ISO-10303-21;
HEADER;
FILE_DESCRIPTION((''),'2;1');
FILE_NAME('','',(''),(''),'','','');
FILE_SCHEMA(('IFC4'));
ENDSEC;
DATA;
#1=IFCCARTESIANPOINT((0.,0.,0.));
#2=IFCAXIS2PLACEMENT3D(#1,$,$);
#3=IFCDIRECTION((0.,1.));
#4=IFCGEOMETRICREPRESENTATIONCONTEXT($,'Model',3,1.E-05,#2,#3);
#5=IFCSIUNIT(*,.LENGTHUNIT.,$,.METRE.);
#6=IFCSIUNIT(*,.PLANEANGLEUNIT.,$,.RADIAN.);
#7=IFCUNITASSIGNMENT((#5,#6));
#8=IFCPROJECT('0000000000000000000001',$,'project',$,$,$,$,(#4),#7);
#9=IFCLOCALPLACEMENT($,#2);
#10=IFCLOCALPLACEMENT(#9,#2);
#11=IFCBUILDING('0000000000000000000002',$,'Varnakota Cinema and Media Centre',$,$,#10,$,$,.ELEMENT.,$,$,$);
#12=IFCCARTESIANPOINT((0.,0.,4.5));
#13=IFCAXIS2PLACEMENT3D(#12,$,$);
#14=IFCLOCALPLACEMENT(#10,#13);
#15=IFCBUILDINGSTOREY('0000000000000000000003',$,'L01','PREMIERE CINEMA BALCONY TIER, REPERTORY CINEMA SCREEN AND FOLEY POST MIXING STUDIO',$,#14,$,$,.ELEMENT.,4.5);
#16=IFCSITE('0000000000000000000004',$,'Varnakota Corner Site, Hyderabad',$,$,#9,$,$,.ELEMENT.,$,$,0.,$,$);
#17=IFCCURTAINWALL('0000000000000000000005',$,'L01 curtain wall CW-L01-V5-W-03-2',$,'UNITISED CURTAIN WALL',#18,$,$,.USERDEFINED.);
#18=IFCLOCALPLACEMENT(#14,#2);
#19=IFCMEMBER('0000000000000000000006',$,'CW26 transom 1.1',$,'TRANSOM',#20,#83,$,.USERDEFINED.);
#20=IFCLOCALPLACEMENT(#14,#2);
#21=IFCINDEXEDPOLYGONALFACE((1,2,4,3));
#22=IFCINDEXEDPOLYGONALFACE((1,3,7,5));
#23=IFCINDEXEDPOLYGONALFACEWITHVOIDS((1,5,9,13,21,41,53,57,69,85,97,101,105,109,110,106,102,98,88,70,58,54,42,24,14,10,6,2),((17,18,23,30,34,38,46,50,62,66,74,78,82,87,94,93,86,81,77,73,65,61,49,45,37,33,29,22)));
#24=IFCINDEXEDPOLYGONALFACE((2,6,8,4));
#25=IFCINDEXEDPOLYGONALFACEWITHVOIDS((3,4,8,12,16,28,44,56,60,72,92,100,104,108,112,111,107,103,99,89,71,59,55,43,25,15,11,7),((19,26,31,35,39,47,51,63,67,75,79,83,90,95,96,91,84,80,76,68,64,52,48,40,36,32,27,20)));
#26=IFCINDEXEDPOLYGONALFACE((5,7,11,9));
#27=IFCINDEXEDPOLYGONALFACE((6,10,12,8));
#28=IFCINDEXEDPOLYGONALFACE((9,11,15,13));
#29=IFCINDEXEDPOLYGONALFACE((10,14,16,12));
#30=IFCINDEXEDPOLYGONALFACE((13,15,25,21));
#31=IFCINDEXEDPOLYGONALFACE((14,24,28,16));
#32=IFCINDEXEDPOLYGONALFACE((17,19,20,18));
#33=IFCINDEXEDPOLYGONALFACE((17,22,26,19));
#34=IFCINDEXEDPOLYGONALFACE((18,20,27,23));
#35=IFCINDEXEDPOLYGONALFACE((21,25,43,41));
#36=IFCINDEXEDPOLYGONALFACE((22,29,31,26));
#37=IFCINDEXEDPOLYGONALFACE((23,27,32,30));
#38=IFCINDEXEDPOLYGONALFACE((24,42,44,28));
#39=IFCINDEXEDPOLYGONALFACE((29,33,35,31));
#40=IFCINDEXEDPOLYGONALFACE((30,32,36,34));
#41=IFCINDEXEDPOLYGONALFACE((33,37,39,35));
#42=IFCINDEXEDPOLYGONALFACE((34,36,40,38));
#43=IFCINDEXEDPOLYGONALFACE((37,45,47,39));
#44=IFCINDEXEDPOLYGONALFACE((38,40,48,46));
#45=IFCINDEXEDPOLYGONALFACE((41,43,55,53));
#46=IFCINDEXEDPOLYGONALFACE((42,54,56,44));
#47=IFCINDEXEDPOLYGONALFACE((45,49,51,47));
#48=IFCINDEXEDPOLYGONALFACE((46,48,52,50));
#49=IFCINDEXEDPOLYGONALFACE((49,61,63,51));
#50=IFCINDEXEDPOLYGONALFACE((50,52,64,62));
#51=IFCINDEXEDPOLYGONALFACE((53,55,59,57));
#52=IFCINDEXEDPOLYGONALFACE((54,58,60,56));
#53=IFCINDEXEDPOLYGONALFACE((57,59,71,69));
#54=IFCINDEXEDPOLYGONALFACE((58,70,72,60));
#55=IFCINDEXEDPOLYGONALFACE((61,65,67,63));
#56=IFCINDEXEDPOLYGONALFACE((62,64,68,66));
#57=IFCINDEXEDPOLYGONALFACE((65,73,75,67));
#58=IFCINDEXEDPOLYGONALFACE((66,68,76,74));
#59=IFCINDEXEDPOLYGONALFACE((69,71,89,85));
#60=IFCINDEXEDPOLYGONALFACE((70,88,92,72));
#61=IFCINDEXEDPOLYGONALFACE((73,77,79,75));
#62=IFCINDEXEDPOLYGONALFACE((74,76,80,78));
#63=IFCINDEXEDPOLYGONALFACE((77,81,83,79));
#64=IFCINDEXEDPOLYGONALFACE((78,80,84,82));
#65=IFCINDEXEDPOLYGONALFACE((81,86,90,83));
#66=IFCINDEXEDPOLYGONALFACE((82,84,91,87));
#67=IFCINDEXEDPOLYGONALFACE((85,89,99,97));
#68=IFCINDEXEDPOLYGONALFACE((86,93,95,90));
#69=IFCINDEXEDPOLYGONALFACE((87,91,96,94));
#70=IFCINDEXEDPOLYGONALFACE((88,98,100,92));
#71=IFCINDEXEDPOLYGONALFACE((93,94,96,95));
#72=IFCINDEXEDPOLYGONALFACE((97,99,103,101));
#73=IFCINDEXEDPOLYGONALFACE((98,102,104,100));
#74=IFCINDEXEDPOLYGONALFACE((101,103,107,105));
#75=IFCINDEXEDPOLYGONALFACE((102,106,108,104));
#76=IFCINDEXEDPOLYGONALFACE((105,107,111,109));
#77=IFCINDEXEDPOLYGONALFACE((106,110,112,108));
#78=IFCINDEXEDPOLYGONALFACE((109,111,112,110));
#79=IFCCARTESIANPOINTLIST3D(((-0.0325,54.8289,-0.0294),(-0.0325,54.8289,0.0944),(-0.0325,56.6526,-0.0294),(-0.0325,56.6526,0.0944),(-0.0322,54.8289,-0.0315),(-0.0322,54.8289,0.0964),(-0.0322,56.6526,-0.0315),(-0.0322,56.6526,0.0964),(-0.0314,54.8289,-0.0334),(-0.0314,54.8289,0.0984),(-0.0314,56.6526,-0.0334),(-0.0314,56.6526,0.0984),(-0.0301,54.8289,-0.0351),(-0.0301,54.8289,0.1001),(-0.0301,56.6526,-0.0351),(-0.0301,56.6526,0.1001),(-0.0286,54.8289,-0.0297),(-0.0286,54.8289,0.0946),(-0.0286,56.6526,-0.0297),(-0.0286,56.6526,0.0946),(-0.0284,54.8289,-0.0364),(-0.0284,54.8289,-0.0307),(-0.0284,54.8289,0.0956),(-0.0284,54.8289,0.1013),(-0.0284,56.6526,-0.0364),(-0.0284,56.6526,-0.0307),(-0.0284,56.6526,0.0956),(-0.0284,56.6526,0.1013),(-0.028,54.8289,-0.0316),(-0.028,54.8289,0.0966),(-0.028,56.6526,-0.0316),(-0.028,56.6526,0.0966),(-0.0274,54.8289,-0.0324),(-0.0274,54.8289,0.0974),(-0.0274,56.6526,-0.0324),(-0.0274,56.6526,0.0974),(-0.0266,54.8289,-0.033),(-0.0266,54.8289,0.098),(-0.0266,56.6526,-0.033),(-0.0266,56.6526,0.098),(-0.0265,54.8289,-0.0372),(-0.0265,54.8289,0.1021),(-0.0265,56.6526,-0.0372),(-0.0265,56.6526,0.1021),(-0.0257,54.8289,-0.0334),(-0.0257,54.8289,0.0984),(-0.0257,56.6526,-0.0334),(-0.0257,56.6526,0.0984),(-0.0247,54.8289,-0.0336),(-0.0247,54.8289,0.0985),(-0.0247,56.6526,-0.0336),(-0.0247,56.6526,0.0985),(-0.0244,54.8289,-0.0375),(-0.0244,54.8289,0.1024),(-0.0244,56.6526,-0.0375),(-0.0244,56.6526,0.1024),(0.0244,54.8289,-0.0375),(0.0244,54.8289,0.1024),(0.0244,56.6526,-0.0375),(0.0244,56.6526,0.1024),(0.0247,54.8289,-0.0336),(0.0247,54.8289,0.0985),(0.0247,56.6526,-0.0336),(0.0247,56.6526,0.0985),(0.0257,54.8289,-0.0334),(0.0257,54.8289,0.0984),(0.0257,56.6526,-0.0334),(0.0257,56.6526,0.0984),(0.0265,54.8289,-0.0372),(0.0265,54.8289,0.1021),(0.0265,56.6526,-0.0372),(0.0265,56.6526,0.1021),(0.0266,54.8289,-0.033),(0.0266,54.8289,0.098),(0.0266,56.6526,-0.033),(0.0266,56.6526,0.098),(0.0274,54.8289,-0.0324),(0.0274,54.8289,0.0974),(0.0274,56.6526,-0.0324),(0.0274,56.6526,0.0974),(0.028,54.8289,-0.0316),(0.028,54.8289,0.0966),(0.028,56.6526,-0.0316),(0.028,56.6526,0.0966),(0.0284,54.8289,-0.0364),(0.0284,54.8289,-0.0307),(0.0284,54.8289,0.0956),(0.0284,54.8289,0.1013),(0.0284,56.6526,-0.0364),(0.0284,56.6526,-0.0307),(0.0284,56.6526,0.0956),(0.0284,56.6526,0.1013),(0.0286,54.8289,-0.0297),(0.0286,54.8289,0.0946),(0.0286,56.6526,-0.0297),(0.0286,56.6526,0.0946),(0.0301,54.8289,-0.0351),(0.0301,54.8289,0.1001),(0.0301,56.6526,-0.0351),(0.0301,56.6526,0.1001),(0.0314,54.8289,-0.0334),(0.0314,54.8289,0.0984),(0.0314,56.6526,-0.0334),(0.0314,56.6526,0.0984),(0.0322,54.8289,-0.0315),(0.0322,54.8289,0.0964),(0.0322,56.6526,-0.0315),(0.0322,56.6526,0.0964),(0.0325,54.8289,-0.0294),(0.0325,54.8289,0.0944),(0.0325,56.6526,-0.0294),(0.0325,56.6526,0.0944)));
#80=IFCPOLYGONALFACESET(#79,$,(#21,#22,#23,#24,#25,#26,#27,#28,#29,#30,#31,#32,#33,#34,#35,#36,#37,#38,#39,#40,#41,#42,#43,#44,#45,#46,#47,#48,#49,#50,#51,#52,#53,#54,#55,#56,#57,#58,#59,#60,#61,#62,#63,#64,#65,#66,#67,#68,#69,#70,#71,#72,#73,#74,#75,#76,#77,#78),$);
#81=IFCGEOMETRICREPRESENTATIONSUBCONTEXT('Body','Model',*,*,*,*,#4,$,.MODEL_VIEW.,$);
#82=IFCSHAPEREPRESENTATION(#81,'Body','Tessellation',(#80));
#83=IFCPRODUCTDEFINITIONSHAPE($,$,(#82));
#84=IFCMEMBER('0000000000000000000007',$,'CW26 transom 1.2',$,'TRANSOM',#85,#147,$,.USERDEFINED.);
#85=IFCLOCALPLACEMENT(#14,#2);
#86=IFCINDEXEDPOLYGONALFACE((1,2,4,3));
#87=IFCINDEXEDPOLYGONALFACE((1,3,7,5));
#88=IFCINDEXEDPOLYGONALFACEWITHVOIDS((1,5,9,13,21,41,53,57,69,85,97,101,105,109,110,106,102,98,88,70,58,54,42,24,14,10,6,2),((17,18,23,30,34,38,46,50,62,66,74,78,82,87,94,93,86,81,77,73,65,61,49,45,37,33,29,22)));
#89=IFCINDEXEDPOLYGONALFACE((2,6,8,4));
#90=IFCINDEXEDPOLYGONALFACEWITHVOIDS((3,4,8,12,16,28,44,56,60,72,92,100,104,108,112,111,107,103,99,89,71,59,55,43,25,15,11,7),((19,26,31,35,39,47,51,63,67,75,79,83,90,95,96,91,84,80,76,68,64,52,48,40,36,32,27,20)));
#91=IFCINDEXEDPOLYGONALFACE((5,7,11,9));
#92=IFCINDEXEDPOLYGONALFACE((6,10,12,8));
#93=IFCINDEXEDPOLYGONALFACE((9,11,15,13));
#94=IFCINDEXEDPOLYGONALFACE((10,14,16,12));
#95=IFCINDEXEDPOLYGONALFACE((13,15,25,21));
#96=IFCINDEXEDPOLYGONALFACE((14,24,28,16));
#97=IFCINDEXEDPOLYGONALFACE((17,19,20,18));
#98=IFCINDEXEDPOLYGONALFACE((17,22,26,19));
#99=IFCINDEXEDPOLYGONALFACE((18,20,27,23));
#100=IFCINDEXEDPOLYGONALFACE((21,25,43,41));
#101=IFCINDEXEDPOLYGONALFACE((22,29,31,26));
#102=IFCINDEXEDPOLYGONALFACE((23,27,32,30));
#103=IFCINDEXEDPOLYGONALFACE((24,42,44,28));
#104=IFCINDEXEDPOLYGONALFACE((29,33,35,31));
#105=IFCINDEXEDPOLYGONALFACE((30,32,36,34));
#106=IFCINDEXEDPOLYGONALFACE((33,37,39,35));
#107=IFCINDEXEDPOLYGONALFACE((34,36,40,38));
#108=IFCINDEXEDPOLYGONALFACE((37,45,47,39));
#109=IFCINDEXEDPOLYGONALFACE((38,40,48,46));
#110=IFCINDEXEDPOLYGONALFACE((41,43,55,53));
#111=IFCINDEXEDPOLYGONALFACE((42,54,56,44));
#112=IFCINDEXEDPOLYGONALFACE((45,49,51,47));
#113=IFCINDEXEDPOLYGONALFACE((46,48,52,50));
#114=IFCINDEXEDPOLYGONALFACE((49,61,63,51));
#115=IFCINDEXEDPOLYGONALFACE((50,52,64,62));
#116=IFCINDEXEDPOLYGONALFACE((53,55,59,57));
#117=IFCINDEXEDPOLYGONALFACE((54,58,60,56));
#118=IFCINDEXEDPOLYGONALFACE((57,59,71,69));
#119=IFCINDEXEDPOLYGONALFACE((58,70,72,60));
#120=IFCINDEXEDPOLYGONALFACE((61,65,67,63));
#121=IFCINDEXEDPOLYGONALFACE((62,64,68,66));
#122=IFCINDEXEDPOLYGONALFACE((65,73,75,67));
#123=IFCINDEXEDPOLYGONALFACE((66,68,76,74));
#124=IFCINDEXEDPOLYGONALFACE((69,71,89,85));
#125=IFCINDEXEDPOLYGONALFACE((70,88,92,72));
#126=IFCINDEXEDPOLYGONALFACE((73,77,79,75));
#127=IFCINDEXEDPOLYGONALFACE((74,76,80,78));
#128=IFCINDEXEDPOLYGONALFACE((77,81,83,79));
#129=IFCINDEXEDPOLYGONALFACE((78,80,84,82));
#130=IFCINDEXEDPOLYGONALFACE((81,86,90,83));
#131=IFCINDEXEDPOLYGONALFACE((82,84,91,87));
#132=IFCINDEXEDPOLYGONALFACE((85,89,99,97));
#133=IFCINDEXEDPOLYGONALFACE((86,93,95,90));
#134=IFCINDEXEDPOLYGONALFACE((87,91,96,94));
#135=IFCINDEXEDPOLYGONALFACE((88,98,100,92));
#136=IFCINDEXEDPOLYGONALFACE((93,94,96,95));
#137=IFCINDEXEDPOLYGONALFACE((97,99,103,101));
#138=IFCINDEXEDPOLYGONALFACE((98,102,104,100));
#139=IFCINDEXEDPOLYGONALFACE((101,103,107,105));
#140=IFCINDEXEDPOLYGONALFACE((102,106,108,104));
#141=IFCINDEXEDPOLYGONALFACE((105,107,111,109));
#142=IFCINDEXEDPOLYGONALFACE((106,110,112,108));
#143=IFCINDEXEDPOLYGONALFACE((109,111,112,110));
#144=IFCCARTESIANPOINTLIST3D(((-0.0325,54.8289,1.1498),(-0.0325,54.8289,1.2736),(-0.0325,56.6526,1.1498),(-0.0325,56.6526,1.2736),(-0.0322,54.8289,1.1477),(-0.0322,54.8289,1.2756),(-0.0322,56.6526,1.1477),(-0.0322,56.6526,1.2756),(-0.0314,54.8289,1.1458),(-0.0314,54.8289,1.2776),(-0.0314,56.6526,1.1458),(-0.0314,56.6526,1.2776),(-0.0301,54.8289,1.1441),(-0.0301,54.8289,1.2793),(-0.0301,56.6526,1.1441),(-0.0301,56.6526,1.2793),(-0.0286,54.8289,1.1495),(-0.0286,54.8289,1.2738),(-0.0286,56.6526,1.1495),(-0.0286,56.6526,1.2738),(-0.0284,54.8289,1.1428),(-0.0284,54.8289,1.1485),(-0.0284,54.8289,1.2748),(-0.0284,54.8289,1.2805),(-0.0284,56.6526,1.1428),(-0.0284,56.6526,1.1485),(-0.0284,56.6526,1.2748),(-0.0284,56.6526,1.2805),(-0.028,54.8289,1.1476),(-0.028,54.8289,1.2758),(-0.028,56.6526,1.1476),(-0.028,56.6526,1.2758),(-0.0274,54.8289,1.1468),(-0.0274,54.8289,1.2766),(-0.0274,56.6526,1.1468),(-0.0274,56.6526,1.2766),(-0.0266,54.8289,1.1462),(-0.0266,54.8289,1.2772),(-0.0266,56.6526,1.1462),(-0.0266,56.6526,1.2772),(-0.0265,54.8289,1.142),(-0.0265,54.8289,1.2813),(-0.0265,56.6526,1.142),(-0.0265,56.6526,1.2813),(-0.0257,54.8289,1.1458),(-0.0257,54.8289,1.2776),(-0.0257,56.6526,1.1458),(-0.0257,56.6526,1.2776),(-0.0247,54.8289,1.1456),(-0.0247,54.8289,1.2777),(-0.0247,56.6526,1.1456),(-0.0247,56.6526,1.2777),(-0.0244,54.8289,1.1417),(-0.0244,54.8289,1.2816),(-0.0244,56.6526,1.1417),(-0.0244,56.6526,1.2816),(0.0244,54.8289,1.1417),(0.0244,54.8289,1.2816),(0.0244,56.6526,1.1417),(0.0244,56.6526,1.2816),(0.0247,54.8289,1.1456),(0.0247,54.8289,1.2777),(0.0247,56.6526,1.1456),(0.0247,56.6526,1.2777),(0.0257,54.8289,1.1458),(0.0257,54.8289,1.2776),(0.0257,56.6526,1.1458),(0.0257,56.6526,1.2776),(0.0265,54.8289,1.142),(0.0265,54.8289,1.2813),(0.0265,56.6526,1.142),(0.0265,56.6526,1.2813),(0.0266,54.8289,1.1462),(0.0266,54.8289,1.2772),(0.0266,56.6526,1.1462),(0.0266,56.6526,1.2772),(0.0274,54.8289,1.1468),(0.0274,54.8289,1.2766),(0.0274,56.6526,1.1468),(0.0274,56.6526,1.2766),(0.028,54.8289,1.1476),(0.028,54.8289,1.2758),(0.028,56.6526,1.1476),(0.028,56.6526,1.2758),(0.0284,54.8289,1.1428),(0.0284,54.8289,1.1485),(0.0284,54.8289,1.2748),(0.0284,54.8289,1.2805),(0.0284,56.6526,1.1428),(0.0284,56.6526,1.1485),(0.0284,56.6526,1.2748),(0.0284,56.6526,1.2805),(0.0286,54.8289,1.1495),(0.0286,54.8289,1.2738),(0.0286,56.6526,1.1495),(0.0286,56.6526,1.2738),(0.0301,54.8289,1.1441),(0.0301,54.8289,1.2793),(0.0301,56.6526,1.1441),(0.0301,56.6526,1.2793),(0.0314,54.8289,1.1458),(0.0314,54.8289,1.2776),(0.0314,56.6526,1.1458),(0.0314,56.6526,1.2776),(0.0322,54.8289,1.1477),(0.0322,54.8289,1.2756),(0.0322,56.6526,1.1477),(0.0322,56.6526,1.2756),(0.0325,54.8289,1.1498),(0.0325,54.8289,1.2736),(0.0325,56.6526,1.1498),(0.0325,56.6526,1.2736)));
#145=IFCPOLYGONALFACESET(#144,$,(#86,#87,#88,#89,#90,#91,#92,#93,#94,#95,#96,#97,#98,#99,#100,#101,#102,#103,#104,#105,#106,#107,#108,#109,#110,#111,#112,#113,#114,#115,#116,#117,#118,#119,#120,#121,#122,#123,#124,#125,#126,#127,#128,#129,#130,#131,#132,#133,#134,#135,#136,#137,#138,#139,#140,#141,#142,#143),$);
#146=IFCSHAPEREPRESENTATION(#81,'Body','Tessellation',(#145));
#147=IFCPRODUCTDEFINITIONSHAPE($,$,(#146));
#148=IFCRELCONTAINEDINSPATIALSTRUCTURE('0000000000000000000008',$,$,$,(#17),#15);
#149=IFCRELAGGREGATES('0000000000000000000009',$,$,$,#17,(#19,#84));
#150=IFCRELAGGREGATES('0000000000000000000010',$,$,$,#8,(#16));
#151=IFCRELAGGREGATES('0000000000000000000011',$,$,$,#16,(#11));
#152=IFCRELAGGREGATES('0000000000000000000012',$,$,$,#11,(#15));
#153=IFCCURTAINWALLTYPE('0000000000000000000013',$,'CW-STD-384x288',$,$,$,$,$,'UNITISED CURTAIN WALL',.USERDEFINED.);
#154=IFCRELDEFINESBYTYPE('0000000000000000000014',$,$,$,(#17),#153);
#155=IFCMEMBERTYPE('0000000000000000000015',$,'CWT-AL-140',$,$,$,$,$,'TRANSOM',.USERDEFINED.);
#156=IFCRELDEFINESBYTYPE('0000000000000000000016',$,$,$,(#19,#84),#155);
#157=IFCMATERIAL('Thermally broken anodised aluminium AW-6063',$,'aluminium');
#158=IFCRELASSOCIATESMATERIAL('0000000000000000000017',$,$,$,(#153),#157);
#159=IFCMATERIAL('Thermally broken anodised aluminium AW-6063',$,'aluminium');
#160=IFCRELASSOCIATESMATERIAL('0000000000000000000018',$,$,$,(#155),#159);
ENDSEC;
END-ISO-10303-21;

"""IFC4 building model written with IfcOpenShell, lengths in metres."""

from ifc_helpers import new_model, si_unit, direction, frame, origin, origin_2d, place, context, subcontext, project, spatial, hollow_rectangle, extrude, material, material_profile, profile_set, type_object, element, aggregate, save


model = new_model("IFC4")

# Units and contexts
model_context = context("Model", 3, precision=1e-05, world=origin(), true_north=direction((0.0, 1.0)))
body_context = subcontext(model_context, "Body", "Model", "MODEL_VIEW")
ifc_project = project(units=[si_unit("LENGTHUNIT", "METRE"), si_unit("PLANEANGLEUNIT", "RADIAN")], contexts=[model_context])

# Site, building, storey
site_placement = place(None, origin())
site = spatial("IfcSite", under=ifc_project, at=site_placement, Name="Varnakota Corner Site, Hyderabad", CompositionType="ELEMENT", RefElevation=0.0)
building_placement = place(site_placement, origin())
building = spatial("IfcBuilding", under=site, at=building_placement, Name="Varnakota Cinema and Media Centre", CompositionType="ELEMENT")
storey_placement = place(building_placement, frame((0.0, 0.0, 4.5)))
storey = spatial("IfcBuildingStorey", under=building, at=storey_placement, Name="L01", Description="PREMIERE CINEMA BALCONY TIER, REPERTORY CINEMA SCREEN AND FOLEY POST MIXING STUDIO", CompositionType="ELEMENT", Elevation=4.5)

# Shared definitions
ifc_material_1 = material(Name="Thermally broken anodised aluminium AW-6063", Category="aluminium")
curtain_wall_type = type_object("IfcCurtainWallType", Name="CW-STD-384x288", ElementType="UNITISED CURTAIN WALL", PredefinedType="USERDEFINED", material=ifc_material_1)

# Curtain wall, members
curtain_wall_1_placement = place(storey_placement, origin())
curtain_wall_1 = element("IfcCurtainWall", 1, at=curtain_wall_1_placement, inside=storey, type_object=curtain_wall_type, Name="L01 curtain wall CW-L01-V5-W-03-2", ObjectType="UNITISED CURTAIN WALL", PredefinedType="USERDEFINED")
ifc_material_2 = material(Name="Thermally broken anodised aluminium AW-6063", Category="aluminium")
ifc_material_profile_1 = material_profile(ifc_material_2, hollow_rectangle(XDim=0.0649, YDim=0.1399, WallThickness=0.0039, InnerFilletRadius=0.0039, OuterFilletRadius=0.0081, at=origin_2d()), Name="AL-TRANSOM 140x65x4")
ifc_profile_set_1 = profile_set([ifc_material_profile_1], Name="Thermally broken anodised aluminium AW-6063")
member_type_1 = type_object("IfcMemberType", Name="CWT-AL-140", ElementType="TRANSOM", PredefinedType="USERDEFINED", material=ifc_profile_set_1)
member_1_placement = place(storey_placement, frame((0.0, 56.6526, 0.0325), z_axis=(0.0, -1.0, 0.0), x_axis=(1.0, 0.0, 0.0)))
member_1 = element("IfcMember", 2, at=member_1_placement, type_object=member_type_1, Name="CW26 transom 1.1", ObjectType="TRANSOM", PredefinedType="USERDEFINED", context=body_context, shape_type="SweptSolid", body=[
    extrude(hollow_rectangle(XDim=0.0649, YDim=0.1399, WallThickness=0.0039, InnerFilletRadius=0.0039, OuterFilletRadius=0.0081, at=origin_2d()), origin(), (0.0, 0.0, 1.0), 1.8237),
])
member_2_placement = place(storey_placement, frame((0.0, 56.6526, 1.2117), z_axis=(0.0, -1.0, 0.0), x_axis=(1.0, 0.0, 0.0)))
member_2 = element("IfcMember", 3, at=member_2_placement, type_object=member_type_1, Name="CW26 transom 1.2", ObjectType="TRANSOM", PredefinedType="USERDEFINED", context=body_context, shape_type="SweptSolid", body=[
    extrude(hollow_rectangle(XDim=0.0649, YDim=0.1399, WallThickness=0.0039, InnerFilletRadius=0.0039, OuterFilletRadius=0.0081, at=origin_2d()), origin(), (0.0, 0.0, 1.0), 1.8237),
])

aggregate(curtain_wall_1, [member_1, member_2])

save(model, "model.ifc")
